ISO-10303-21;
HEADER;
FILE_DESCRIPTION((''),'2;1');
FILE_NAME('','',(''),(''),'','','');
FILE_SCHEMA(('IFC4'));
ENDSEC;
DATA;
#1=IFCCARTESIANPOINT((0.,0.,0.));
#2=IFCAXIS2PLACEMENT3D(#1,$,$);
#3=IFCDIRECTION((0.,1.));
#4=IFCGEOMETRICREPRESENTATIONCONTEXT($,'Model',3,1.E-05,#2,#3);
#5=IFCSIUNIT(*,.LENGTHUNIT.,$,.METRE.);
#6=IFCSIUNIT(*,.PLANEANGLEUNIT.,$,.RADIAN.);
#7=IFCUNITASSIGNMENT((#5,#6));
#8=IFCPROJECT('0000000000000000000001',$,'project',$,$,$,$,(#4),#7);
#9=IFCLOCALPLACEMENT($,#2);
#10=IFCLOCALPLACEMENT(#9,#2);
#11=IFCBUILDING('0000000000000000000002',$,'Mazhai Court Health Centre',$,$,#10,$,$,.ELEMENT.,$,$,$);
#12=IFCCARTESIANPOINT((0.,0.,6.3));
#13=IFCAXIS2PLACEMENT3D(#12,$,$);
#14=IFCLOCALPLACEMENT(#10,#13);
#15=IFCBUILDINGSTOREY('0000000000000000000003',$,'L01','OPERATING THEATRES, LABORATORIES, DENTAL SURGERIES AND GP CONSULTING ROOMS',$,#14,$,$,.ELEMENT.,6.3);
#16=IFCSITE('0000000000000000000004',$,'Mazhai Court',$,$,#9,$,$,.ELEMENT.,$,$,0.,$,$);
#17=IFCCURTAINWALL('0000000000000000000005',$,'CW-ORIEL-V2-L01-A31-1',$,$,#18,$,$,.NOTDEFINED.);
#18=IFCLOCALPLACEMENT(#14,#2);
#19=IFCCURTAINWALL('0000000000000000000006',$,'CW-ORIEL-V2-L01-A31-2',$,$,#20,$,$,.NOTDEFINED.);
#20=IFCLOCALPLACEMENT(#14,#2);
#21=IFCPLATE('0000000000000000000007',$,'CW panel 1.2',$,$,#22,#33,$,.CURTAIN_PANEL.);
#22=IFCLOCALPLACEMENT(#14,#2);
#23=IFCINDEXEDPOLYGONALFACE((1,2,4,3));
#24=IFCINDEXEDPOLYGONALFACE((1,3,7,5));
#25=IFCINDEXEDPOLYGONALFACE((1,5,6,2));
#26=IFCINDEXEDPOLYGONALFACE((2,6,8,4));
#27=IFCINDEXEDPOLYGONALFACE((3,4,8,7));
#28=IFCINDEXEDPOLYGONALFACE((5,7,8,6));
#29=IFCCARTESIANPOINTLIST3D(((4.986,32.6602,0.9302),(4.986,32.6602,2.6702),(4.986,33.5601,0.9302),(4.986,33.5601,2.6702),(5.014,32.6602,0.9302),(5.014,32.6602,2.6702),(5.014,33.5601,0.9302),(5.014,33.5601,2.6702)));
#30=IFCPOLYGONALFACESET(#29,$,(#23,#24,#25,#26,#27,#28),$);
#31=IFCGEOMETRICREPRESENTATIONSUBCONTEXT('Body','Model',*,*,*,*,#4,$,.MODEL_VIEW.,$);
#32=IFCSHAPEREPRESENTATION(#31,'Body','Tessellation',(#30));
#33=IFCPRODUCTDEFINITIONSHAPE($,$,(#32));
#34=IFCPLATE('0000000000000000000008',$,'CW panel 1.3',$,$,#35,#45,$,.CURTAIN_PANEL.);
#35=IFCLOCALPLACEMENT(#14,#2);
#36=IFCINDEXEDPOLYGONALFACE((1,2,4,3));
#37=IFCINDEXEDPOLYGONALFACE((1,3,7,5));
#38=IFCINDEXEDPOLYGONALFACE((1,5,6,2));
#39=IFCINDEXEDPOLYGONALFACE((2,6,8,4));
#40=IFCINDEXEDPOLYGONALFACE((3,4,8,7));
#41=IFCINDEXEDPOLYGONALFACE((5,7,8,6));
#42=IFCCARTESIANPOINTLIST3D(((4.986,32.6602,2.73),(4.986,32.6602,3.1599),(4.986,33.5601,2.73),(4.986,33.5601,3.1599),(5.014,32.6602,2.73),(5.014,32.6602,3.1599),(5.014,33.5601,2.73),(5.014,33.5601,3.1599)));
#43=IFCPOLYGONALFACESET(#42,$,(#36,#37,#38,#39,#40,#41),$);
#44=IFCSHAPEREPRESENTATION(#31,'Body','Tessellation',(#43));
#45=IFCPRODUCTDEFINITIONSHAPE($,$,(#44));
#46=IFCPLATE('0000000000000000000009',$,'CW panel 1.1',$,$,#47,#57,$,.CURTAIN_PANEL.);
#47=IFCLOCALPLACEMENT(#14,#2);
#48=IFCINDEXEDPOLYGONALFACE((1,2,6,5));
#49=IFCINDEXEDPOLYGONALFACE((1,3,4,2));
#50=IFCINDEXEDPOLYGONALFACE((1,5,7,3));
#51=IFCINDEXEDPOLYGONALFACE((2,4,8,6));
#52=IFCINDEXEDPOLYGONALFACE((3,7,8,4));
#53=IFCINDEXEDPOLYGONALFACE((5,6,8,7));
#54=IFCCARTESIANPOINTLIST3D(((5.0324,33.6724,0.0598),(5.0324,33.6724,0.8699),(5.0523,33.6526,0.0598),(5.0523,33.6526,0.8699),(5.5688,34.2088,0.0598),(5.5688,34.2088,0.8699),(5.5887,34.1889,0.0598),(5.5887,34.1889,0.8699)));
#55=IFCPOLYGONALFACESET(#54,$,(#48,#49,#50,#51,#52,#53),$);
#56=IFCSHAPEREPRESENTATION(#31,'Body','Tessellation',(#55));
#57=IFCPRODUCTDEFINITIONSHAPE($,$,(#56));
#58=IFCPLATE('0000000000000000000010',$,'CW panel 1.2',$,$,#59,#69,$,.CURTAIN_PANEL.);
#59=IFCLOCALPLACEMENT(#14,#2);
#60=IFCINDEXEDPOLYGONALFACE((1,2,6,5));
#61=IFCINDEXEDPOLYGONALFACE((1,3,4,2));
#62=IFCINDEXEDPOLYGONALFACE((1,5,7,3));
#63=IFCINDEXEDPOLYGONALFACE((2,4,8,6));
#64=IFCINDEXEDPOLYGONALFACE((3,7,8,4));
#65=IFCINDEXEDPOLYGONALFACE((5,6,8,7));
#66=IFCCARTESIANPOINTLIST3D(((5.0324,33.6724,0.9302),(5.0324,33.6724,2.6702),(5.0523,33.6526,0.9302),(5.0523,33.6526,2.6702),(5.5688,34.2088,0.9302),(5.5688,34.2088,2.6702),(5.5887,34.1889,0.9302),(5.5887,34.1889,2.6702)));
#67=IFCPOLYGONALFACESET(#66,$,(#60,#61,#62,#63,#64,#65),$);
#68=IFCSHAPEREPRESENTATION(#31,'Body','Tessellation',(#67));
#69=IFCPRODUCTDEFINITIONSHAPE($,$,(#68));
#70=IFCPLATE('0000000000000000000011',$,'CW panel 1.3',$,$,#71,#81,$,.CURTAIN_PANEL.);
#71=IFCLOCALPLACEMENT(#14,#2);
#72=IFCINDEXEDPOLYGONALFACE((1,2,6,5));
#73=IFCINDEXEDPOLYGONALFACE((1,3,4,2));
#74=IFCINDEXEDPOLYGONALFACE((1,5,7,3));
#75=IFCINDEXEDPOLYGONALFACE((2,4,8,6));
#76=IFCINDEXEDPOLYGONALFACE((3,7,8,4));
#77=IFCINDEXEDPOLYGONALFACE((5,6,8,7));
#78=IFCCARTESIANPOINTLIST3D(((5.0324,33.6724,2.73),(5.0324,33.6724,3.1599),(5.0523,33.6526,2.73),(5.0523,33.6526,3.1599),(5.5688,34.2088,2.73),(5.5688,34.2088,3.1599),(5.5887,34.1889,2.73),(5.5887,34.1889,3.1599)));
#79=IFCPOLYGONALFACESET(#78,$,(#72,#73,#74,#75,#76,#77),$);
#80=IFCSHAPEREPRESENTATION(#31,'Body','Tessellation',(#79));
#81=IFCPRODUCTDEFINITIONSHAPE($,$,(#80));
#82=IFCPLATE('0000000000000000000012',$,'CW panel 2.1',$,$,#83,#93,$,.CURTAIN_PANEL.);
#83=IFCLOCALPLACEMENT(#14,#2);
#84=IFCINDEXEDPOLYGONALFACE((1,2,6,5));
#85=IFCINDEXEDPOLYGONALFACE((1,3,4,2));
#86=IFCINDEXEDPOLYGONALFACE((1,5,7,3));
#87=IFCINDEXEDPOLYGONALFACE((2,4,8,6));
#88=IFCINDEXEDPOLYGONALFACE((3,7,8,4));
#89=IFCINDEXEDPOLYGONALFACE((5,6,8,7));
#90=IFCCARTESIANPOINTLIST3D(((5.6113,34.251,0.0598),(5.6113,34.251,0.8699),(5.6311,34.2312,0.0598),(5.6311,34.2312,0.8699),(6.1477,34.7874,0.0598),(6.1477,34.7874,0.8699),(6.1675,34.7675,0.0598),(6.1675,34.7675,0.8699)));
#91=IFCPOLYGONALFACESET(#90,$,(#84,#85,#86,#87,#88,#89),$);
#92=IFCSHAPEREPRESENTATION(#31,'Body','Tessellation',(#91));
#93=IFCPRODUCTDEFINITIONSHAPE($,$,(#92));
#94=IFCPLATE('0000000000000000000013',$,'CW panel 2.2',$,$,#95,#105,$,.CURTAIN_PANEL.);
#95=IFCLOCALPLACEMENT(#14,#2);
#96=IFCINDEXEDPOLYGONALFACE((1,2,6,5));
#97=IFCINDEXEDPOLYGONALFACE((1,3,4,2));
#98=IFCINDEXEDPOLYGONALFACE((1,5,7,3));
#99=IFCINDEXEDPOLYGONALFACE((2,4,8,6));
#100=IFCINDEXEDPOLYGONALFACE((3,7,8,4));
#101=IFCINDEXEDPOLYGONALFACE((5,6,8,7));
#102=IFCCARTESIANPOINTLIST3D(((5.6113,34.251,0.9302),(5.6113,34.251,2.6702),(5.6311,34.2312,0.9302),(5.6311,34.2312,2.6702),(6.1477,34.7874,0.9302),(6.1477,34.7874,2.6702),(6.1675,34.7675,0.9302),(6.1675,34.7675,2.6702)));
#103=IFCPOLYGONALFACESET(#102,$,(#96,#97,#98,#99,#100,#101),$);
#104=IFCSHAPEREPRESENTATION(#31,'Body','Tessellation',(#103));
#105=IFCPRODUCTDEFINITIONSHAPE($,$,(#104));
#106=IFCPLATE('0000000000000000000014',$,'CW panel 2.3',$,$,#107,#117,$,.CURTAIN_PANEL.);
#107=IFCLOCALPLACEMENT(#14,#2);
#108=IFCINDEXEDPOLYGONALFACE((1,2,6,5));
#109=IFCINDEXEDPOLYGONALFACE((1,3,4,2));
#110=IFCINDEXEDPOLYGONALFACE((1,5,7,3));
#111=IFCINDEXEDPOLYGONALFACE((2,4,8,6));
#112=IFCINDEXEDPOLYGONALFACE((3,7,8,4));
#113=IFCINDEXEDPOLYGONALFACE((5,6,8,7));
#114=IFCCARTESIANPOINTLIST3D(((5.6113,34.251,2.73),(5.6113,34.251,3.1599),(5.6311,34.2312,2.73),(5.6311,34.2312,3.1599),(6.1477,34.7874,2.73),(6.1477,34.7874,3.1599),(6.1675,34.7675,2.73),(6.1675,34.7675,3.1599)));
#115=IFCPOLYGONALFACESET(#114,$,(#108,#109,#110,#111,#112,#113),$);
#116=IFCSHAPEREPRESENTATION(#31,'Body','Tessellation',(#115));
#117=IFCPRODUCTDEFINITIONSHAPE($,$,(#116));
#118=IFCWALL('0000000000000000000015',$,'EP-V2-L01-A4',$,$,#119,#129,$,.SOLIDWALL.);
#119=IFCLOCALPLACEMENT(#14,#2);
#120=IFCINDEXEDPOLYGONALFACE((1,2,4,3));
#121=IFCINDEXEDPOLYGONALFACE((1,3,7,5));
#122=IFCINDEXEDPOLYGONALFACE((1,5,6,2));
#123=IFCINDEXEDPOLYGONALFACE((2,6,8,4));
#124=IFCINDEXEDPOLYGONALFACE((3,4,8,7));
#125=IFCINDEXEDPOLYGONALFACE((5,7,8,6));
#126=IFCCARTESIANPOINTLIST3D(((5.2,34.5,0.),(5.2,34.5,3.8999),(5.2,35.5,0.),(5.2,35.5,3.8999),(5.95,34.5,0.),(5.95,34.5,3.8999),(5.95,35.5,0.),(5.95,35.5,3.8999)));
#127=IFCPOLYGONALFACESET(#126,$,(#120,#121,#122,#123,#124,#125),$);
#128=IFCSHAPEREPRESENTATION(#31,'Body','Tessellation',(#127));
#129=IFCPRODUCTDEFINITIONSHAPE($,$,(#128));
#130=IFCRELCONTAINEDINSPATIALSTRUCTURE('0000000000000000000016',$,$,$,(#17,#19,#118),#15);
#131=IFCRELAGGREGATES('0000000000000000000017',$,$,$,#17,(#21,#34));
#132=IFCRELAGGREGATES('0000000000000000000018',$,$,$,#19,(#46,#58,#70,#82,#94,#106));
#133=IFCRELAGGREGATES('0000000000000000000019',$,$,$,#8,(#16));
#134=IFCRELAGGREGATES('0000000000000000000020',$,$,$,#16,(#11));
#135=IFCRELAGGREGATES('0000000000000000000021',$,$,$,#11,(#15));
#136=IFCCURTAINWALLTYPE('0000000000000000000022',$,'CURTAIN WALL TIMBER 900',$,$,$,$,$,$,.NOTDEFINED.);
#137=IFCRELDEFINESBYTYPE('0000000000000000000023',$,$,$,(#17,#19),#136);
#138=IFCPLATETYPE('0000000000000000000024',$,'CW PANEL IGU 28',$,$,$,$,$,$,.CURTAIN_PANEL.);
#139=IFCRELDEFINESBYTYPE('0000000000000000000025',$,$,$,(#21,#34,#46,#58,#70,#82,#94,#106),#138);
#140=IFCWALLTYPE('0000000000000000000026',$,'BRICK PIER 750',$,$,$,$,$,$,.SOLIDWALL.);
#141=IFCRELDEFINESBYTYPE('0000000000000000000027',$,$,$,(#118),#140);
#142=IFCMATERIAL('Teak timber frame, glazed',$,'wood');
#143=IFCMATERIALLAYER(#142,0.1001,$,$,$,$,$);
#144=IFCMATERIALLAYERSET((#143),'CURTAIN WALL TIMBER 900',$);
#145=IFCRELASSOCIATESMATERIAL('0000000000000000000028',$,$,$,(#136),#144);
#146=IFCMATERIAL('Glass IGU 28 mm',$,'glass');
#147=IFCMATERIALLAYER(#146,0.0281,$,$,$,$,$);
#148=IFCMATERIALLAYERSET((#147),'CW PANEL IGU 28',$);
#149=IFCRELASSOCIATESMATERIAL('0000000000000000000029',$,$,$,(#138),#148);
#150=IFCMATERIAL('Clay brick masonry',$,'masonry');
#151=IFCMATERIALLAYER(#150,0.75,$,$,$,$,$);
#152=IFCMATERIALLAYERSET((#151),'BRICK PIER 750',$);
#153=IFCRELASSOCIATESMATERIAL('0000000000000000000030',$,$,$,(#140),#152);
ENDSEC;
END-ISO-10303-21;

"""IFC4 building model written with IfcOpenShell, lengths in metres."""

from ifc_helpers import new_model, si_unit, direction, frame, frame_2d, origin, origin_2d, place, context, subcontext, project, spatial, rectangle, extrude, material, layer, layer_set, type_object, element, aggregate, save


model = new_model("IFC4")

# Units and contexts
model_context = context("Model", 3, precision=1e-05, world=origin(), true_north=direction((0.0, 1.0)))
body_context = subcontext(model_context, "Body", "Model", "MODEL_VIEW")
ifc_project = project(units=[si_unit("LENGTHUNIT", "METRE"), si_unit("PLANEANGLEUNIT", "RADIAN")], contexts=[model_context])

# Site, building, storey
site_placement = place(None, origin())
site = spatial("IfcSite", under=ifc_project, at=site_placement, Name="Mazhai Court", CompositionType="ELEMENT", RefElevation=0.0)
building_placement = place(site_placement, origin())
building = spatial("IfcBuilding", under=site, at=building_placement, Name="Mazhai Court Health Centre", CompositionType="ELEMENT")
storey_placement = place(building_placement, frame((0.0, 0.0, 6.3)))
storey = spatial("IfcBuildingStorey", under=building, at=storey_placement, Name="L01", Description="OPERATING THEATRES, LABORATORIES, DENTAL SURGERIES AND GP CONSULTING ROOMS", CompositionType="ELEMENT", Elevation=6.3)

# Curtain wall
ifc_material_1 = material(Name="Teak timber frame, glazed", Category="wood")
ifc_layer_1 = layer(ifc_material_1, 0.1001)
ifc_layer_set_1 = layer_set([ifc_layer_1], Name="CURTAIN WALL TIMBER 900")
curtain_wall_type = type_object("IfcCurtainWallType", Name="CURTAIN WALL TIMBER 900", PredefinedType="NOTDEFINED", material=ifc_layer_set_1)
curtain_wall_1_placement = place(storey_placement, origin())
curtain_wall_1 = element("IfcCurtainWall", 1, at=curtain_wall_1_placement, inside=storey, type_object=curtain_wall_type, Name="CW-ORIEL-V2-L01-A31-1", PredefinedType="NOTDEFINED")

# Curtain wall
curtain_wall_2_placement = place(storey_placement, origin())
curtain_wall_2 = element("IfcCurtainWall", 2, at=curtain_wall_2_placement, inside=storey, type_object=curtain_wall_type, Name="CW-ORIEL-V2-L01-A31-2", PredefinedType="NOTDEFINED")

# Plates
ifc_material_2 = material(Name="Glass IGU 28 mm", Category="glass")
ifc_layer_2 = layer(ifc_material_2, 0.0281)
ifc_layer_set_2 = layer_set([ifc_layer_2], Name="CW PANEL IGU 28")
plate_type = type_object("IfcPlateType", Name="CW PANEL IGU 28", PredefinedType="CURTAIN_PANEL", material=ifc_layer_set_2)
plate_1_placement = place(storey_placement, frame((5.0, 33.1101, 0.9302), z_axis=(0.0, 0.0, 1.0), x_axis=(0.0, 1.0, 0.0)))
plate_1 = element("IfcPlate", 3, at=plate_1_placement, type_object=plate_type, Name="CW panel 1.2", PredefinedType="CURTAIN_PANEL", context=body_context, shape_type="SweptSolid", body=[
    extrude(rectangle(XDim=0.8999, YDim=0.0281, at=origin_2d()), origin(), (0.0, 0.0, 1.0), 1.74),
])
plate_2_placement = place(storey_placement, frame((5.0, 33.1101, 2.73), z_axis=(0.0, 0.0, 1.0), x_axis=(0.0, 1.0, 0.0)))
plate_2 = element("IfcPlate", 4, at=plate_2_placement, type_object=plate_type, Name="CW panel 1.3", PredefinedType="CURTAIN_PANEL", context=body_context, shape_type="SweptSolid", body=[
    extrude(rectangle(XDim=0.8999, YDim=0.0281, at=origin_2d()), origin(), (0.0, 0.0, 1.0), 0.4299),
])
aggregate(curtain_wall_1, [plate_1, plate_2])
plate_3_placement = place(storey_placement, frame((5.3105, 33.9307, 0.0598), z_axis=(0.0, 0.0, 1.0), x_axis=(0.707107, 0.707107, 0.0)))
plate_3 = element("IfcPlate", 5, at=plate_3_placement, type_object=plate_type, Name="CW panel 1.1", PredefinedType="CURTAIN_PANEL", context=body_context, shape_type="SweptSolid", body=[
    extrude(rectangle(XDim=0.7585, YDim=0.0281, at=origin_2d()), origin(), (0.0, 0.0, 1.0), 0.8101),
])
plate_4_placement = place(storey_placement, frame((5.3105, 33.9307, 0.9302), z_axis=(0.0, 0.0, 1.0), x_axis=(0.707107, 0.707107, 0.0)))
plate_4 = element("IfcPlate", 6, at=plate_4_placement, type_object=plate_type, Name="CW panel 1.2", PredefinedType="CURTAIN_PANEL", context=body_context, shape_type="SweptSolid", body=[
    extrude(rectangle(XDim=0.7585, YDim=0.0281, at=origin_2d()), origin(), (0.0, 0.0, 1.0), 1.74),
])
plate_5_placement = place(storey_placement, frame((5.3105, 33.9307, 2.73), z_axis=(0.0, 0.0, 1.0), x_axis=(0.707107, 0.707107, 0.0)))
plate_5 = element("IfcPlate", 7, at=plate_5_placement, type_object=plate_type, Name="CW panel 1.3", PredefinedType="CURTAIN_PANEL", context=body_context, shape_type="SweptSolid", body=[
    extrude(rectangle(XDim=0.7585, YDim=0.0281, at=origin_2d()), origin(), (0.0, 0.0, 1.0), 0.4299),
])
plate_6_placement = place(storey_placement, frame((5.8894, 34.5093, 0.0598), z_axis=(0.0, 0.0, 1.0), x_axis=(0.707107, 0.707107, 0.0)))
plate_6 = element("IfcPlate", 8, at=plate_6_placement, type_object=plate_type, Name="CW panel 2.1", PredefinedType="CURTAIN_PANEL", context=body_context, shape_type="SweptSolid", body=[
    extrude(rectangle(XDim=0.7585, YDim=0.0281, at=origin_2d()), origin(), (0.0, 0.0, 1.0), 0.8101),
])
plate_7_placement = place(storey_placement, frame((5.8894, 34.5093, 0.9302), z_axis=(0.0, 0.0, 1.0), x_axis=(0.707107, 0.707107, 0.0)))
plate_7 = element("IfcPlate", 9, at=plate_7_placement, type_object=plate_type, Name="CW panel 2.2", PredefinedType="CURTAIN_PANEL", context=body_context, shape_type="SweptSolid", body=[
    extrude(rectangle(XDim=0.7585, YDim=0.0281, at=origin_2d()), origin(), (0.0, 0.0, 1.0), 1.74),
])
plate_8_placement = place(storey_placement, frame((5.8894, 34.5093, 2.73), z_axis=(0.0, 0.0, 1.0), x_axis=(0.707107, 0.707107, 0.0)))
plate_8 = element("IfcPlate", 10, at=plate_8_placement, type_object=plate_type, Name="CW panel 2.3", PredefinedType="CURTAIN_PANEL", context=body_context, shape_type="SweptSolid", body=[
    extrude(rectangle(XDim=0.7585, YDim=0.0281, at=origin_2d()), origin(), (0.0, 0.0, 1.0), 0.4299),
])
aggregate(curtain_wall_2, [plate_3, plate_4, plate_5, plate_6, plate_7, plate_8])

# Wall
ifc_material_3 = material(Name="Clay brick masonry", Category="masonry")
ifc_layer_3 = layer(ifc_material_3, 0.75)
ifc_layer_set_3 = layer_set([ifc_layer_3], Name="BRICK PIER 750")
wall_type = type_object("IfcWallType", Name="BRICK PIER 750", PredefinedType="SOLIDWALL", material=ifc_layer_set_3)
wall_placement = place(storey_placement, frame((5.575, 34.5, 0.0), z_axis=(0.0, 0.0, 1.0), x_axis=(0.0, 1.0, 0.0)))
element("IfcWall", 11, at=wall_placement, inside=storey, type_object=wall_type, Name="EP-V2-L01-A4", PredefinedType="SOLIDWALL", context=body_context, shape_type="SweptSolid", body=[
    extrude(rectangle(XDim=1.0, YDim=0.75, at=frame_2d((0.5, 0.0))), origin(), (0.0, 0.0, 1.0), 3.8999),
])

save(model, "model.ifc")
